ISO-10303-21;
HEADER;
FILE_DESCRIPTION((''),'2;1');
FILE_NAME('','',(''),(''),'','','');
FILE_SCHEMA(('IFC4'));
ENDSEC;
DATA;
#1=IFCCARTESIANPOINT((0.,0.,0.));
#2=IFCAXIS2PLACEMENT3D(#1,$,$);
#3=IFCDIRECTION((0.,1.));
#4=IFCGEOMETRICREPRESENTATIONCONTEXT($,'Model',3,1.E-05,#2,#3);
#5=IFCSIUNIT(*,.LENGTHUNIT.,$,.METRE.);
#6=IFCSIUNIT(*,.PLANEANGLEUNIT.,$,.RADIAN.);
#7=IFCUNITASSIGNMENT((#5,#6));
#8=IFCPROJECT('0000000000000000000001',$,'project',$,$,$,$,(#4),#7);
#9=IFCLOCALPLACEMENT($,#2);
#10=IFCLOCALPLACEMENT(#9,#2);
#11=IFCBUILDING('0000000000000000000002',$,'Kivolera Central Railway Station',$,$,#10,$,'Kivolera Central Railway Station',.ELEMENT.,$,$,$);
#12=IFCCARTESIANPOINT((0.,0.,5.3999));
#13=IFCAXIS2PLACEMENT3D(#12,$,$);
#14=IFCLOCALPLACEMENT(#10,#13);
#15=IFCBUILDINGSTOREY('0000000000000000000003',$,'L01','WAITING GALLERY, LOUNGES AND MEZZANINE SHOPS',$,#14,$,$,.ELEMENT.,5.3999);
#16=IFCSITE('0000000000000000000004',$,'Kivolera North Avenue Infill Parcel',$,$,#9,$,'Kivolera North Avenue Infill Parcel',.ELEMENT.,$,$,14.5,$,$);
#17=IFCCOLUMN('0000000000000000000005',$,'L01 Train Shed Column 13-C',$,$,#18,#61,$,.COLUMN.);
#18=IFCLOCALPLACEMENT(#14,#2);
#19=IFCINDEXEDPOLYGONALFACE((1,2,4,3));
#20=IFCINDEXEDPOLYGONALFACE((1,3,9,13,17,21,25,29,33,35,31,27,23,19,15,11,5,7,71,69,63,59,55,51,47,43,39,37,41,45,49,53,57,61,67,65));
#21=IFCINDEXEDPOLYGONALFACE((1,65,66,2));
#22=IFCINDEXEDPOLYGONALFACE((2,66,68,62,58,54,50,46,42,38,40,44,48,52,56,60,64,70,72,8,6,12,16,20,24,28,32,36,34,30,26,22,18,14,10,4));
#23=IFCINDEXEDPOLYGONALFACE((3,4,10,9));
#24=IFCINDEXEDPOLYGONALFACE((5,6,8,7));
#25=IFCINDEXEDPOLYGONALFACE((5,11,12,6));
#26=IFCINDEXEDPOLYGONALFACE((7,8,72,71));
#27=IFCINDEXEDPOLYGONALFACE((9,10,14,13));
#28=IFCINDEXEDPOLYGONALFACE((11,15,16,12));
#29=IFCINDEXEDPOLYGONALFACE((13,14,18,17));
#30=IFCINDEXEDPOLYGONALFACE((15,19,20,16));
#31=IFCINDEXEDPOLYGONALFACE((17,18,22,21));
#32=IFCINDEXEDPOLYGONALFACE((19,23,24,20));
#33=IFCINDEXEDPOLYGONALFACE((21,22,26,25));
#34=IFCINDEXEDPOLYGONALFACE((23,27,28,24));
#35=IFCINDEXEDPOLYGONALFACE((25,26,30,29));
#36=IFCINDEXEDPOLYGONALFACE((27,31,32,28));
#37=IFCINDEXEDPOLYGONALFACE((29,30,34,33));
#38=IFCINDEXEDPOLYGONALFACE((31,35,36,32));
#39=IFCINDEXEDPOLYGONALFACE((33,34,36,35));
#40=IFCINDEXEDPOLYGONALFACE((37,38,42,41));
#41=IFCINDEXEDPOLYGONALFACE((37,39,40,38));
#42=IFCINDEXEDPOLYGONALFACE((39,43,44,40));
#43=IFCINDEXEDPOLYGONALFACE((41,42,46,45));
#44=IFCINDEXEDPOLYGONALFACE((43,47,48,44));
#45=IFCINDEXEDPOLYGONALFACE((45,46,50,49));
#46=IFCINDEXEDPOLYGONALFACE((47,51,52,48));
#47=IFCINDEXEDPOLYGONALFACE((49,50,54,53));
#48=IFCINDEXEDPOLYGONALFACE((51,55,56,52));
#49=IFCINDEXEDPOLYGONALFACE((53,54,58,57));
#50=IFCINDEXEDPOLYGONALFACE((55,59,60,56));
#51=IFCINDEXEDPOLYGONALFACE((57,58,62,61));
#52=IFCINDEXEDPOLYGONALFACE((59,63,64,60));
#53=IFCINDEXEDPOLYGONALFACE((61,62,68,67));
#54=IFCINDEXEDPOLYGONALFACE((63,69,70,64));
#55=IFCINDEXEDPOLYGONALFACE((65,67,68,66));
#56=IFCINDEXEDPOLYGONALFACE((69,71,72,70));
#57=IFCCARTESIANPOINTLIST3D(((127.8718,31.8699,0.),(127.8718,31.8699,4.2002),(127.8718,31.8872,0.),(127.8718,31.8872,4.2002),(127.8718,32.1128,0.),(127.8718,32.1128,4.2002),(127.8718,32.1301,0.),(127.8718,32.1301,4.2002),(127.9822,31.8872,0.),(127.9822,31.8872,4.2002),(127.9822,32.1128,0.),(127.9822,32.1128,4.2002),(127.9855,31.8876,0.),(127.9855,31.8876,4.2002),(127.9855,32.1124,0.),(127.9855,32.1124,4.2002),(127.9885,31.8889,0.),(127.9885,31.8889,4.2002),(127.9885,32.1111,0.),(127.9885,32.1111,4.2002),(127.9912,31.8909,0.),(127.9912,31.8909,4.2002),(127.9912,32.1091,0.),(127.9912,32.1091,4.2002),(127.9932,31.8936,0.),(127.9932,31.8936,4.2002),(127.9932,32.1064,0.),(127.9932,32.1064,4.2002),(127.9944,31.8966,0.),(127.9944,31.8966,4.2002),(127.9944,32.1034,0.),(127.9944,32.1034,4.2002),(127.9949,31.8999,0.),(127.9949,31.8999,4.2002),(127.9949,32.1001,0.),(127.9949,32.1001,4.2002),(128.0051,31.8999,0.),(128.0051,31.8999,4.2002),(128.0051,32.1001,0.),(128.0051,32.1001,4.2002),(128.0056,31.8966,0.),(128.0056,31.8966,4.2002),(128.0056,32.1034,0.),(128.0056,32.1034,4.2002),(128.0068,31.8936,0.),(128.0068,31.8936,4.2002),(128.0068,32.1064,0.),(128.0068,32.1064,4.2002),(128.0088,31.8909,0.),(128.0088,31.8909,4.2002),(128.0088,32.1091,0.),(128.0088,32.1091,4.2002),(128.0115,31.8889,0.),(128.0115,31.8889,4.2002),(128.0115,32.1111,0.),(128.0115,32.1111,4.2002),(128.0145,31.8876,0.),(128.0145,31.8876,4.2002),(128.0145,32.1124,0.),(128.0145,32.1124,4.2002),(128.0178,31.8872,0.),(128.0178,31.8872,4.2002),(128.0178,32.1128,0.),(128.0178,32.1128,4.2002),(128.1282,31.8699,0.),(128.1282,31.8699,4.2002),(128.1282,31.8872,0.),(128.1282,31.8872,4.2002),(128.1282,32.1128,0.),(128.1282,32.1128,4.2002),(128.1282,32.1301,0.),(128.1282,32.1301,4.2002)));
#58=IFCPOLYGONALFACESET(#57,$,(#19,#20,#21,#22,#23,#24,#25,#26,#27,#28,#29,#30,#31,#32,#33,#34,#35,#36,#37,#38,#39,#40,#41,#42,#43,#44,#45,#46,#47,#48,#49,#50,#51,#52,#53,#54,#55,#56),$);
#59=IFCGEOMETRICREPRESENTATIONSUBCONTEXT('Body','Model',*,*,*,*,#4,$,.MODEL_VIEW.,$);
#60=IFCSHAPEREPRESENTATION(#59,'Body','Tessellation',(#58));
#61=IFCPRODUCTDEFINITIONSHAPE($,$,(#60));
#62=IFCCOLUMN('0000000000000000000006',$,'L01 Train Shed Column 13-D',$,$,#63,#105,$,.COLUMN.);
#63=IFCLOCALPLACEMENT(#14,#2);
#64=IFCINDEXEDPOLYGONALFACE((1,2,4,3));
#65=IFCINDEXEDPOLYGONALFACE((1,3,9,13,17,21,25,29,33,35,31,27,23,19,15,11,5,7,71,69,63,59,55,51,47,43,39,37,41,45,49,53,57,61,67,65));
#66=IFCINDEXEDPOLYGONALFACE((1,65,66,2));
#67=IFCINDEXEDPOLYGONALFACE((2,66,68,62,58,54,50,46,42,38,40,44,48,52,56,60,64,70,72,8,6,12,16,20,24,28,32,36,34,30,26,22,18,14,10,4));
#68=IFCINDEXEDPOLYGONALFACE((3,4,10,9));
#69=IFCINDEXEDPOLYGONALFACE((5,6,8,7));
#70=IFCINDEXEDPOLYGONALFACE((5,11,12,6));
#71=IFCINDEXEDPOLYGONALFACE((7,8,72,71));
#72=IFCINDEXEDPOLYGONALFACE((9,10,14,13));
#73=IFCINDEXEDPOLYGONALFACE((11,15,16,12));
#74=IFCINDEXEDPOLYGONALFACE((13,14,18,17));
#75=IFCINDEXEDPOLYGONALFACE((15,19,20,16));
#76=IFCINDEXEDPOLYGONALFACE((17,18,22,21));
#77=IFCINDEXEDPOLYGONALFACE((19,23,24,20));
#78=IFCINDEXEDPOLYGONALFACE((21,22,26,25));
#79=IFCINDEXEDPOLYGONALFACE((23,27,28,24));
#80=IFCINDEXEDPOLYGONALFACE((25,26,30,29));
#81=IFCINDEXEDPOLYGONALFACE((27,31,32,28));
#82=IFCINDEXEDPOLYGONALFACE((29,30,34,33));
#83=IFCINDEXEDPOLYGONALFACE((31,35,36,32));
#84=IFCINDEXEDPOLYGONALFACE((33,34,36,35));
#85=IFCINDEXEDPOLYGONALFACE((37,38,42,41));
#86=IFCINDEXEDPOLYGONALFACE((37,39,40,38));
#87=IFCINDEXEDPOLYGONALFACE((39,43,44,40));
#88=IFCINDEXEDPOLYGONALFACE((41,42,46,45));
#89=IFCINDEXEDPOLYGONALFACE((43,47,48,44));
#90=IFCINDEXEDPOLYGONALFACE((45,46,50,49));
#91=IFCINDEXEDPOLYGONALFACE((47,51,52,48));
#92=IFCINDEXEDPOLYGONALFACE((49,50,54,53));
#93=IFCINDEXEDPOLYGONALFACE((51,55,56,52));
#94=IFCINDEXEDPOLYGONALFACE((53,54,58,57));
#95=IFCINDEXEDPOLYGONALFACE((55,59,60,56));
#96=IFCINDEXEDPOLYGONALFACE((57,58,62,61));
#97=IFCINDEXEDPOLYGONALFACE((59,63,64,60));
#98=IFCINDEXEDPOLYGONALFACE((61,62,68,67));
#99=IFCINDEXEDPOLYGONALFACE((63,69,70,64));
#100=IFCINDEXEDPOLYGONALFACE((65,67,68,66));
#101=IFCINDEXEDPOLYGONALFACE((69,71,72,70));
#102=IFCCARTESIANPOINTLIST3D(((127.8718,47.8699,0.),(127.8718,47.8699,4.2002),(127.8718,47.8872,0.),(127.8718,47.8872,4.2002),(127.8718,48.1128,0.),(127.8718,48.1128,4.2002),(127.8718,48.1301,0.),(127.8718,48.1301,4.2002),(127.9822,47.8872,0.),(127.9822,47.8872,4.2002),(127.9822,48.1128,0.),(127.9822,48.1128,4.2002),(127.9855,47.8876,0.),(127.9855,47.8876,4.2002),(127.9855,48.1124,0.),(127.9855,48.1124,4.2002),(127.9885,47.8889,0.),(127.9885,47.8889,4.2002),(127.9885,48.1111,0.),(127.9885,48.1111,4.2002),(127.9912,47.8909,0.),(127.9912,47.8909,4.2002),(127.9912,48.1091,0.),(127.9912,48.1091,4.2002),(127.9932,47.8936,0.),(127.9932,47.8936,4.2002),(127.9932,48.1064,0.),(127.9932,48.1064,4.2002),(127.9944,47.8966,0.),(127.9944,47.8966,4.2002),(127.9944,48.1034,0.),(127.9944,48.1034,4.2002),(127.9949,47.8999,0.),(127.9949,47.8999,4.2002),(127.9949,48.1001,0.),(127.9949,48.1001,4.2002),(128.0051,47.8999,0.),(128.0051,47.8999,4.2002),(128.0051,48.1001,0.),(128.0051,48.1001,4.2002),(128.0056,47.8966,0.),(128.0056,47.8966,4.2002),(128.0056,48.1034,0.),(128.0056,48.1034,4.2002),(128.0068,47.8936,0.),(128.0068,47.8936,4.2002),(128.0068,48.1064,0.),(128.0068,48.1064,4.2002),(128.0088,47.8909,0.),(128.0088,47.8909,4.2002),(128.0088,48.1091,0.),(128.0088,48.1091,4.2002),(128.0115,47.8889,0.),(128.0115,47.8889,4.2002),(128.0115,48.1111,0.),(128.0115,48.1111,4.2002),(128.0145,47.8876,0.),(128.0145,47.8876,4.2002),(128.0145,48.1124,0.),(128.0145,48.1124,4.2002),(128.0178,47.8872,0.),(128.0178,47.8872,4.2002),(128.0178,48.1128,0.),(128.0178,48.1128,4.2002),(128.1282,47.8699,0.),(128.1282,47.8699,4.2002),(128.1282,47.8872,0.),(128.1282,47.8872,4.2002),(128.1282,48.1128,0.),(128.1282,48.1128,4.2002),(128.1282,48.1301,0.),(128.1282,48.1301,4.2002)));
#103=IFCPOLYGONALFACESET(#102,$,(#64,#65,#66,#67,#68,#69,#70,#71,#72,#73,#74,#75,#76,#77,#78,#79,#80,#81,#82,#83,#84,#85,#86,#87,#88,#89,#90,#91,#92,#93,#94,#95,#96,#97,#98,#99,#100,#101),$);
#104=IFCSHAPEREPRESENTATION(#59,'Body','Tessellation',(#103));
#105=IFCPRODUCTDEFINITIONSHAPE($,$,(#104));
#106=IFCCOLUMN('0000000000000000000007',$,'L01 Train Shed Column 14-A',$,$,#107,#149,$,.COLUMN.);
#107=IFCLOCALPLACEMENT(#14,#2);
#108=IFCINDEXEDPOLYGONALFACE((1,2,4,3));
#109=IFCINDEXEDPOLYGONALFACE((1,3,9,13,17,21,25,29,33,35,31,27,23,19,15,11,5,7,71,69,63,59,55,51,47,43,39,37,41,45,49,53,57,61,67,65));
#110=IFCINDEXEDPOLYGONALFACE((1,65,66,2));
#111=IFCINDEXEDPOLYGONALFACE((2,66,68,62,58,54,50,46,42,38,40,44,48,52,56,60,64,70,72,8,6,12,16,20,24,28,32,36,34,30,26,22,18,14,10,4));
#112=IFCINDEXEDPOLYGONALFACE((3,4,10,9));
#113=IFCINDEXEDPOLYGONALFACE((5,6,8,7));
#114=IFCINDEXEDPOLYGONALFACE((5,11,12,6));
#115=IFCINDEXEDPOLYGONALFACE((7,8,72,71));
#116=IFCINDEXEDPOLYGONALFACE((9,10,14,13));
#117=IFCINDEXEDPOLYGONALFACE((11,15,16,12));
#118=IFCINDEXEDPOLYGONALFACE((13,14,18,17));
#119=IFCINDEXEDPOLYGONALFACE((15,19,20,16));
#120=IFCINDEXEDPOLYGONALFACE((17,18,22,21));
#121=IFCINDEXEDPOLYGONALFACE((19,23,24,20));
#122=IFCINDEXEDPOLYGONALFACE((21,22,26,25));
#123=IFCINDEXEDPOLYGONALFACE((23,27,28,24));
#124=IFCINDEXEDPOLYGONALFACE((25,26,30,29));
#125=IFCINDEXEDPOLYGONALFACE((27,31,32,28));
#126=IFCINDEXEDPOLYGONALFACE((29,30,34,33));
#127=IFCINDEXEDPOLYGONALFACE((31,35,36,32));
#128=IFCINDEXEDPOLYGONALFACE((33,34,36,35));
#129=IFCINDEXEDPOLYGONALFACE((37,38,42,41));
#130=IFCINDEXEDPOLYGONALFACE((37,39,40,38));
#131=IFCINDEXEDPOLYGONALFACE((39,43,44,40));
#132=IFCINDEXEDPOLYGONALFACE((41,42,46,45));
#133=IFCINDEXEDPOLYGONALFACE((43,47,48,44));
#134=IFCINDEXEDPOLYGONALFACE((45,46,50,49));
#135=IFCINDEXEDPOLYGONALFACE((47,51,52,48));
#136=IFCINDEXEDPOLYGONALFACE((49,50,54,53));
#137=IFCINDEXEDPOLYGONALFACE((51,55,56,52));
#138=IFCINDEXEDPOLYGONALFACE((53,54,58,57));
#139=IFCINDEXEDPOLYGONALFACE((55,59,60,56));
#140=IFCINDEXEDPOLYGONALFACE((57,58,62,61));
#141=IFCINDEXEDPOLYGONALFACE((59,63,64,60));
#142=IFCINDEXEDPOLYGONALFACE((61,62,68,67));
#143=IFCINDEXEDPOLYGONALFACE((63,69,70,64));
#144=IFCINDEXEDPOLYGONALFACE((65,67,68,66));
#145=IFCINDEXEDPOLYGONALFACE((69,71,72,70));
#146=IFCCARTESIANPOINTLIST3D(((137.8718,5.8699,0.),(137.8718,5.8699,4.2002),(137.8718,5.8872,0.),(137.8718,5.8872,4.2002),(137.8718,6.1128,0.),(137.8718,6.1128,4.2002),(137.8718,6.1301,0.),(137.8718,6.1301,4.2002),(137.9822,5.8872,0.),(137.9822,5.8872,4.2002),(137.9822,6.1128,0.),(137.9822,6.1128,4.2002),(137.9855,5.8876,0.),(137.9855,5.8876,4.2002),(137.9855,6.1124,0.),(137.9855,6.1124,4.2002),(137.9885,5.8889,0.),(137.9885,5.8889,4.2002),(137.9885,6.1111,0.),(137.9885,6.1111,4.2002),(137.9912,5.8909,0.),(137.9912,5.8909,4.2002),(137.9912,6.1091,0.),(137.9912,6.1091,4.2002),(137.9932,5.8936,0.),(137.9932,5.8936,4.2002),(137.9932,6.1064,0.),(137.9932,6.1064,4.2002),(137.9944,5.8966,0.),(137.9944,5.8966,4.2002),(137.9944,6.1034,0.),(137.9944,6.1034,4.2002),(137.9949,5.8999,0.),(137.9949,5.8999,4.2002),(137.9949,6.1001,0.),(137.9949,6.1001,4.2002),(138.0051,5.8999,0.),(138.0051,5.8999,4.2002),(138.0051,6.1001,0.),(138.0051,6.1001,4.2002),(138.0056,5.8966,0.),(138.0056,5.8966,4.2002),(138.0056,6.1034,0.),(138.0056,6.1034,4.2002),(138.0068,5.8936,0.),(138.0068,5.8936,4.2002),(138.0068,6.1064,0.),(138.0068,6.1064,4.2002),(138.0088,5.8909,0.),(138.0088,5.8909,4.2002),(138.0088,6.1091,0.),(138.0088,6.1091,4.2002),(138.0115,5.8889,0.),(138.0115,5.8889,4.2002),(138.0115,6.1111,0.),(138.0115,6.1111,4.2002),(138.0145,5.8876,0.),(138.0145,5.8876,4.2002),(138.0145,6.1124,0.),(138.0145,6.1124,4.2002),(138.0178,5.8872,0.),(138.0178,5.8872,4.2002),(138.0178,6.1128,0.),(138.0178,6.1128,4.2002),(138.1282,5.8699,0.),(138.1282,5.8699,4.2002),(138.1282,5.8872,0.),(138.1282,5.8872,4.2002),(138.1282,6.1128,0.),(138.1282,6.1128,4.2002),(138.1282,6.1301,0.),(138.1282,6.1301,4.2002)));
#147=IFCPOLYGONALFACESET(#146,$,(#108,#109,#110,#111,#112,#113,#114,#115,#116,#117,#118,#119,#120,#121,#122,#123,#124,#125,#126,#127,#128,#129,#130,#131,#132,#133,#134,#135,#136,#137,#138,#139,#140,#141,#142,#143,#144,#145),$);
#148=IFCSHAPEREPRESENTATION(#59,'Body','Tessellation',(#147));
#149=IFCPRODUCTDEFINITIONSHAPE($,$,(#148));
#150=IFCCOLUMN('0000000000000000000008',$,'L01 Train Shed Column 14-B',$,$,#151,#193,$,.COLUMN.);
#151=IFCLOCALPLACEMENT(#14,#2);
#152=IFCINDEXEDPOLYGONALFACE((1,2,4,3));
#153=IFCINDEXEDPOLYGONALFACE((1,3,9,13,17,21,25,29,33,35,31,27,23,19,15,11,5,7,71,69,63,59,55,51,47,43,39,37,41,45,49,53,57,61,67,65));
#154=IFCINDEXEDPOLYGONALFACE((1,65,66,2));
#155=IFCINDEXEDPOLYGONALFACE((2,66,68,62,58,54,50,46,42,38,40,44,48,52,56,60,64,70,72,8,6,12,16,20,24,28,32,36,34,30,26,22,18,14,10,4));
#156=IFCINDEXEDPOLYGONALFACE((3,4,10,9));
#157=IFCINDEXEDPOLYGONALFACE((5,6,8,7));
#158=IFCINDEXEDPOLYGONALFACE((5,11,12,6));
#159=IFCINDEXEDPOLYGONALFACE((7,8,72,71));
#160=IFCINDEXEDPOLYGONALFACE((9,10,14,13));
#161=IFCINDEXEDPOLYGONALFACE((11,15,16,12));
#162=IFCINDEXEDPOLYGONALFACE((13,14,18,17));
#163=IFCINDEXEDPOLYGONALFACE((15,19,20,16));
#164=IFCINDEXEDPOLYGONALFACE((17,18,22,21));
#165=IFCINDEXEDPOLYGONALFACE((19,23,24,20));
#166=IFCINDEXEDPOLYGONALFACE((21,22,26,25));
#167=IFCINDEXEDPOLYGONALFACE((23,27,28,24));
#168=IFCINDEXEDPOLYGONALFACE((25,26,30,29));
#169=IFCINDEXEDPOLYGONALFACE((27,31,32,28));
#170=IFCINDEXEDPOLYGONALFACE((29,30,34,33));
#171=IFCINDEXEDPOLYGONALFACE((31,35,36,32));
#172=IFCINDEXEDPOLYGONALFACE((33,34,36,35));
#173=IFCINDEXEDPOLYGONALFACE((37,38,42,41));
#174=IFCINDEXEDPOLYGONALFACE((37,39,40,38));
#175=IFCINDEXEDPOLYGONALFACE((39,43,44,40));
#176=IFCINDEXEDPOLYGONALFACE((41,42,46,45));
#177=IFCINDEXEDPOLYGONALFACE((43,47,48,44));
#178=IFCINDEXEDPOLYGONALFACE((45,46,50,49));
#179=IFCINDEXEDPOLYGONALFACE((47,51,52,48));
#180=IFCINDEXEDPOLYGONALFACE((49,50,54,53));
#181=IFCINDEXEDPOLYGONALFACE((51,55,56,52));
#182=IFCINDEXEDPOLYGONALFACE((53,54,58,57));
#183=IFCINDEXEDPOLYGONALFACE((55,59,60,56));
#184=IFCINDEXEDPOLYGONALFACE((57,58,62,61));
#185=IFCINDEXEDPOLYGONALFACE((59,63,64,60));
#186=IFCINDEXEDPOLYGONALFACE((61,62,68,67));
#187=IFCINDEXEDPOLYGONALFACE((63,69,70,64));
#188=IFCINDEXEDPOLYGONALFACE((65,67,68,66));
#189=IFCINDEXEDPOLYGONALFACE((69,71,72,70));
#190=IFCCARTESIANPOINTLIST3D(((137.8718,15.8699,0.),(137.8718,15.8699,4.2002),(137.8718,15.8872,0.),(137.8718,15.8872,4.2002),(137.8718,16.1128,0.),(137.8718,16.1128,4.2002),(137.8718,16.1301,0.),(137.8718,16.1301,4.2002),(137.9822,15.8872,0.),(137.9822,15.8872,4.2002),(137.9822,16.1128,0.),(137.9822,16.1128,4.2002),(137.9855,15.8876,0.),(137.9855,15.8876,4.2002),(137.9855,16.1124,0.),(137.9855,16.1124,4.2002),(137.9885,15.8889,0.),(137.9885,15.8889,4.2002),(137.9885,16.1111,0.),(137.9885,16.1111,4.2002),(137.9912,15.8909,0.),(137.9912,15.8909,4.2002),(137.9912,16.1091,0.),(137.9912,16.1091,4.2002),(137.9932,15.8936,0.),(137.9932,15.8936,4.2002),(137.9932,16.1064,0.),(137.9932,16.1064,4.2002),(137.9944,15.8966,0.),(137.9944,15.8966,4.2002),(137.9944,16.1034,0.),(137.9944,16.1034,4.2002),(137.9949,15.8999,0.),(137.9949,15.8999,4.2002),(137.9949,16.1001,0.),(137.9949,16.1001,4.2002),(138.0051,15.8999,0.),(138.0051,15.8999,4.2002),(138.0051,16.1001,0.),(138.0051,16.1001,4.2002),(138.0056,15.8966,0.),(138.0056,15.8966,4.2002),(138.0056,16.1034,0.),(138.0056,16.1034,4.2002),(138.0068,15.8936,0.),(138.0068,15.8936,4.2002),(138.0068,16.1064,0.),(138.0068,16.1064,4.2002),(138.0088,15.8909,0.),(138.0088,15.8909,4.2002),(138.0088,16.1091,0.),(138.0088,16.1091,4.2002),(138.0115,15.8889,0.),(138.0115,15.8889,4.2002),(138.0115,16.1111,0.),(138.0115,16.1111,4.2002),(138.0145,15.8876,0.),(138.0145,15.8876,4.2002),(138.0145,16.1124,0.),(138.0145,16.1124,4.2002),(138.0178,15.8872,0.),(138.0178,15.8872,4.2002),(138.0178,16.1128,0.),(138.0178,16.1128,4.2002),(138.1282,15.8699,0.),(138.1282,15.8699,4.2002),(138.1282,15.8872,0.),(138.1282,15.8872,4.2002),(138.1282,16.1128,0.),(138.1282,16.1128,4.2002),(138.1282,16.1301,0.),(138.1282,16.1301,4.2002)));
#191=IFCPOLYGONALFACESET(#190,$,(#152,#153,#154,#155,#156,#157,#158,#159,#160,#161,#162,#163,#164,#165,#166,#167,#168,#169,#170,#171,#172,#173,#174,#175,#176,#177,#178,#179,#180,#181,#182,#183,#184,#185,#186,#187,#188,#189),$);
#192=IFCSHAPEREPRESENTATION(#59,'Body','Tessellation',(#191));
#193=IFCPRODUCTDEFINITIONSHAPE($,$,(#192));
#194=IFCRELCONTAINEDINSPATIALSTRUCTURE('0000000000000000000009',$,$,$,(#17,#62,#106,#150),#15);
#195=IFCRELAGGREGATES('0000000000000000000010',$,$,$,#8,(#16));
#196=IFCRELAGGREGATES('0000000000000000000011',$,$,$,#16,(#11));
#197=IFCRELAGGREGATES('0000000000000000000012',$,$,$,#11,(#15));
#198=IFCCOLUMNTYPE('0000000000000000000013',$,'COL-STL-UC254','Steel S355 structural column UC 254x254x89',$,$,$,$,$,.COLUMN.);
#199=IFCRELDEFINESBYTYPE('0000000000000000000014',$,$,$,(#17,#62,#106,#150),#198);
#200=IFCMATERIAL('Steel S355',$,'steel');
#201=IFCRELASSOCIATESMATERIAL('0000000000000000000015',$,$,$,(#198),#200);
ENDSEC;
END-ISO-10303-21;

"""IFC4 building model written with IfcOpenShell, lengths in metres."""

from ifc_helpers import new_model, si_unit, direction, frame, origin, origin_2d, place, context, subcontext, project, spatial, i_section, extrude, material, material_profile, profile_set, type_object, element, save


model = new_model("IFC4")

# Units and contexts
model_context = context("Model", 3, precision=1e-05, world=origin(), true_north=direction((0.0, 1.0)))
body_context = subcontext(model_context, "Body", "Model", "MODEL_VIEW")
ifc_project = project(units=[si_unit("LENGTHUNIT", "METRE"), si_unit("PLANEANGLEUNIT", "RADIAN")], contexts=[model_context])

# Site, building, storey
site_placement = place(None, origin())
site = spatial("IfcSite", under=ifc_project, at=site_placement, Name="Kivolera North Avenue Infill Parcel", LongName="Kivolera North Avenue Infill Parcel", CompositionType="ELEMENT", RefElevation=14.5)
building_placement = place(site_placement, origin())
building = spatial("IfcBuilding", under=site, at=building_placement, Name="Kivolera Central Railway Station", LongName="Kivolera Central Railway Station", CompositionType="ELEMENT")
storey_placement = place(building_placement, frame((0.0, 0.0, 5.3999)))
storey = spatial("IfcBuildingStorey", under=building, at=storey_placement, Name="L01", Description="WAITING GALLERY, LOUNGES AND MEZZANINE SHOPS", CompositionType="ELEMENT", Elevation=5.3999)

# Columns
ifc_material_1 = material(Name="Steel S355", Category="steel")
ifc_material_profile_1 = material_profile(ifc_material_1, i_section(OverallWidth=0.2563, OverallDepth=0.2603, WebThickness=0.0103, FlangeThickness=0.0173, FilletRadius=0.0127, at=origin_2d()), Name="UC 254x254x89")
ifc_profile_set_1 = profile_set([ifc_material_profile_1], Name="Steel S355")
column_type_1 = type_object("IfcColumnType", Name="COL-STL-UC254", Description="Steel S355 structural column UC 254x254x89", PredefinedType="COLUMN", material=ifc_profile_set_1)
for number, where, z_axis, x_axis, name in (
    (1, (128.0, 32.0, 0.0), (0.0, 0.0, 1.0), (1.0, 0.0, 0.0), "L01 Train Shed Column 13-C"),
    (2, (128.0, 48.0, 0.0), (0.0, 0.0, 1.0), (1.0, 0.0, 0.0), "L01 Train Shed Column 13-D"),
    (3, (138.0, 6.0, 0.0), (0.0, 0.0, 1.0), (1.0, 0.0, 0.0), "L01 Train Shed Column 14-A"),
    (4, (138.0, 16.0, 0.0), (0.0, 0.0, 1.0), (1.0, 0.0, 0.0), "L01 Train Shed Column 14-B"),
):
    element("IfcColumn", number, at=place(storey_placement, frame(where, z_axis=z_axis, x_axis=x_axis)), inside=storey, type_object=column_type_1, Name=name, PredefinedType="COLUMN", context=body_context, shape_type="SweptSolid", body=[
        extrude(i_section(OverallWidth=0.2563, OverallDepth=0.2603, WebThickness=0.0103, FlangeThickness=0.0173, FilletRadius=0.0127, at=origin_2d()), origin(), (0.0, 0.0, 1.0), 4.2002),
    ])

save(model, "model.ifc")
